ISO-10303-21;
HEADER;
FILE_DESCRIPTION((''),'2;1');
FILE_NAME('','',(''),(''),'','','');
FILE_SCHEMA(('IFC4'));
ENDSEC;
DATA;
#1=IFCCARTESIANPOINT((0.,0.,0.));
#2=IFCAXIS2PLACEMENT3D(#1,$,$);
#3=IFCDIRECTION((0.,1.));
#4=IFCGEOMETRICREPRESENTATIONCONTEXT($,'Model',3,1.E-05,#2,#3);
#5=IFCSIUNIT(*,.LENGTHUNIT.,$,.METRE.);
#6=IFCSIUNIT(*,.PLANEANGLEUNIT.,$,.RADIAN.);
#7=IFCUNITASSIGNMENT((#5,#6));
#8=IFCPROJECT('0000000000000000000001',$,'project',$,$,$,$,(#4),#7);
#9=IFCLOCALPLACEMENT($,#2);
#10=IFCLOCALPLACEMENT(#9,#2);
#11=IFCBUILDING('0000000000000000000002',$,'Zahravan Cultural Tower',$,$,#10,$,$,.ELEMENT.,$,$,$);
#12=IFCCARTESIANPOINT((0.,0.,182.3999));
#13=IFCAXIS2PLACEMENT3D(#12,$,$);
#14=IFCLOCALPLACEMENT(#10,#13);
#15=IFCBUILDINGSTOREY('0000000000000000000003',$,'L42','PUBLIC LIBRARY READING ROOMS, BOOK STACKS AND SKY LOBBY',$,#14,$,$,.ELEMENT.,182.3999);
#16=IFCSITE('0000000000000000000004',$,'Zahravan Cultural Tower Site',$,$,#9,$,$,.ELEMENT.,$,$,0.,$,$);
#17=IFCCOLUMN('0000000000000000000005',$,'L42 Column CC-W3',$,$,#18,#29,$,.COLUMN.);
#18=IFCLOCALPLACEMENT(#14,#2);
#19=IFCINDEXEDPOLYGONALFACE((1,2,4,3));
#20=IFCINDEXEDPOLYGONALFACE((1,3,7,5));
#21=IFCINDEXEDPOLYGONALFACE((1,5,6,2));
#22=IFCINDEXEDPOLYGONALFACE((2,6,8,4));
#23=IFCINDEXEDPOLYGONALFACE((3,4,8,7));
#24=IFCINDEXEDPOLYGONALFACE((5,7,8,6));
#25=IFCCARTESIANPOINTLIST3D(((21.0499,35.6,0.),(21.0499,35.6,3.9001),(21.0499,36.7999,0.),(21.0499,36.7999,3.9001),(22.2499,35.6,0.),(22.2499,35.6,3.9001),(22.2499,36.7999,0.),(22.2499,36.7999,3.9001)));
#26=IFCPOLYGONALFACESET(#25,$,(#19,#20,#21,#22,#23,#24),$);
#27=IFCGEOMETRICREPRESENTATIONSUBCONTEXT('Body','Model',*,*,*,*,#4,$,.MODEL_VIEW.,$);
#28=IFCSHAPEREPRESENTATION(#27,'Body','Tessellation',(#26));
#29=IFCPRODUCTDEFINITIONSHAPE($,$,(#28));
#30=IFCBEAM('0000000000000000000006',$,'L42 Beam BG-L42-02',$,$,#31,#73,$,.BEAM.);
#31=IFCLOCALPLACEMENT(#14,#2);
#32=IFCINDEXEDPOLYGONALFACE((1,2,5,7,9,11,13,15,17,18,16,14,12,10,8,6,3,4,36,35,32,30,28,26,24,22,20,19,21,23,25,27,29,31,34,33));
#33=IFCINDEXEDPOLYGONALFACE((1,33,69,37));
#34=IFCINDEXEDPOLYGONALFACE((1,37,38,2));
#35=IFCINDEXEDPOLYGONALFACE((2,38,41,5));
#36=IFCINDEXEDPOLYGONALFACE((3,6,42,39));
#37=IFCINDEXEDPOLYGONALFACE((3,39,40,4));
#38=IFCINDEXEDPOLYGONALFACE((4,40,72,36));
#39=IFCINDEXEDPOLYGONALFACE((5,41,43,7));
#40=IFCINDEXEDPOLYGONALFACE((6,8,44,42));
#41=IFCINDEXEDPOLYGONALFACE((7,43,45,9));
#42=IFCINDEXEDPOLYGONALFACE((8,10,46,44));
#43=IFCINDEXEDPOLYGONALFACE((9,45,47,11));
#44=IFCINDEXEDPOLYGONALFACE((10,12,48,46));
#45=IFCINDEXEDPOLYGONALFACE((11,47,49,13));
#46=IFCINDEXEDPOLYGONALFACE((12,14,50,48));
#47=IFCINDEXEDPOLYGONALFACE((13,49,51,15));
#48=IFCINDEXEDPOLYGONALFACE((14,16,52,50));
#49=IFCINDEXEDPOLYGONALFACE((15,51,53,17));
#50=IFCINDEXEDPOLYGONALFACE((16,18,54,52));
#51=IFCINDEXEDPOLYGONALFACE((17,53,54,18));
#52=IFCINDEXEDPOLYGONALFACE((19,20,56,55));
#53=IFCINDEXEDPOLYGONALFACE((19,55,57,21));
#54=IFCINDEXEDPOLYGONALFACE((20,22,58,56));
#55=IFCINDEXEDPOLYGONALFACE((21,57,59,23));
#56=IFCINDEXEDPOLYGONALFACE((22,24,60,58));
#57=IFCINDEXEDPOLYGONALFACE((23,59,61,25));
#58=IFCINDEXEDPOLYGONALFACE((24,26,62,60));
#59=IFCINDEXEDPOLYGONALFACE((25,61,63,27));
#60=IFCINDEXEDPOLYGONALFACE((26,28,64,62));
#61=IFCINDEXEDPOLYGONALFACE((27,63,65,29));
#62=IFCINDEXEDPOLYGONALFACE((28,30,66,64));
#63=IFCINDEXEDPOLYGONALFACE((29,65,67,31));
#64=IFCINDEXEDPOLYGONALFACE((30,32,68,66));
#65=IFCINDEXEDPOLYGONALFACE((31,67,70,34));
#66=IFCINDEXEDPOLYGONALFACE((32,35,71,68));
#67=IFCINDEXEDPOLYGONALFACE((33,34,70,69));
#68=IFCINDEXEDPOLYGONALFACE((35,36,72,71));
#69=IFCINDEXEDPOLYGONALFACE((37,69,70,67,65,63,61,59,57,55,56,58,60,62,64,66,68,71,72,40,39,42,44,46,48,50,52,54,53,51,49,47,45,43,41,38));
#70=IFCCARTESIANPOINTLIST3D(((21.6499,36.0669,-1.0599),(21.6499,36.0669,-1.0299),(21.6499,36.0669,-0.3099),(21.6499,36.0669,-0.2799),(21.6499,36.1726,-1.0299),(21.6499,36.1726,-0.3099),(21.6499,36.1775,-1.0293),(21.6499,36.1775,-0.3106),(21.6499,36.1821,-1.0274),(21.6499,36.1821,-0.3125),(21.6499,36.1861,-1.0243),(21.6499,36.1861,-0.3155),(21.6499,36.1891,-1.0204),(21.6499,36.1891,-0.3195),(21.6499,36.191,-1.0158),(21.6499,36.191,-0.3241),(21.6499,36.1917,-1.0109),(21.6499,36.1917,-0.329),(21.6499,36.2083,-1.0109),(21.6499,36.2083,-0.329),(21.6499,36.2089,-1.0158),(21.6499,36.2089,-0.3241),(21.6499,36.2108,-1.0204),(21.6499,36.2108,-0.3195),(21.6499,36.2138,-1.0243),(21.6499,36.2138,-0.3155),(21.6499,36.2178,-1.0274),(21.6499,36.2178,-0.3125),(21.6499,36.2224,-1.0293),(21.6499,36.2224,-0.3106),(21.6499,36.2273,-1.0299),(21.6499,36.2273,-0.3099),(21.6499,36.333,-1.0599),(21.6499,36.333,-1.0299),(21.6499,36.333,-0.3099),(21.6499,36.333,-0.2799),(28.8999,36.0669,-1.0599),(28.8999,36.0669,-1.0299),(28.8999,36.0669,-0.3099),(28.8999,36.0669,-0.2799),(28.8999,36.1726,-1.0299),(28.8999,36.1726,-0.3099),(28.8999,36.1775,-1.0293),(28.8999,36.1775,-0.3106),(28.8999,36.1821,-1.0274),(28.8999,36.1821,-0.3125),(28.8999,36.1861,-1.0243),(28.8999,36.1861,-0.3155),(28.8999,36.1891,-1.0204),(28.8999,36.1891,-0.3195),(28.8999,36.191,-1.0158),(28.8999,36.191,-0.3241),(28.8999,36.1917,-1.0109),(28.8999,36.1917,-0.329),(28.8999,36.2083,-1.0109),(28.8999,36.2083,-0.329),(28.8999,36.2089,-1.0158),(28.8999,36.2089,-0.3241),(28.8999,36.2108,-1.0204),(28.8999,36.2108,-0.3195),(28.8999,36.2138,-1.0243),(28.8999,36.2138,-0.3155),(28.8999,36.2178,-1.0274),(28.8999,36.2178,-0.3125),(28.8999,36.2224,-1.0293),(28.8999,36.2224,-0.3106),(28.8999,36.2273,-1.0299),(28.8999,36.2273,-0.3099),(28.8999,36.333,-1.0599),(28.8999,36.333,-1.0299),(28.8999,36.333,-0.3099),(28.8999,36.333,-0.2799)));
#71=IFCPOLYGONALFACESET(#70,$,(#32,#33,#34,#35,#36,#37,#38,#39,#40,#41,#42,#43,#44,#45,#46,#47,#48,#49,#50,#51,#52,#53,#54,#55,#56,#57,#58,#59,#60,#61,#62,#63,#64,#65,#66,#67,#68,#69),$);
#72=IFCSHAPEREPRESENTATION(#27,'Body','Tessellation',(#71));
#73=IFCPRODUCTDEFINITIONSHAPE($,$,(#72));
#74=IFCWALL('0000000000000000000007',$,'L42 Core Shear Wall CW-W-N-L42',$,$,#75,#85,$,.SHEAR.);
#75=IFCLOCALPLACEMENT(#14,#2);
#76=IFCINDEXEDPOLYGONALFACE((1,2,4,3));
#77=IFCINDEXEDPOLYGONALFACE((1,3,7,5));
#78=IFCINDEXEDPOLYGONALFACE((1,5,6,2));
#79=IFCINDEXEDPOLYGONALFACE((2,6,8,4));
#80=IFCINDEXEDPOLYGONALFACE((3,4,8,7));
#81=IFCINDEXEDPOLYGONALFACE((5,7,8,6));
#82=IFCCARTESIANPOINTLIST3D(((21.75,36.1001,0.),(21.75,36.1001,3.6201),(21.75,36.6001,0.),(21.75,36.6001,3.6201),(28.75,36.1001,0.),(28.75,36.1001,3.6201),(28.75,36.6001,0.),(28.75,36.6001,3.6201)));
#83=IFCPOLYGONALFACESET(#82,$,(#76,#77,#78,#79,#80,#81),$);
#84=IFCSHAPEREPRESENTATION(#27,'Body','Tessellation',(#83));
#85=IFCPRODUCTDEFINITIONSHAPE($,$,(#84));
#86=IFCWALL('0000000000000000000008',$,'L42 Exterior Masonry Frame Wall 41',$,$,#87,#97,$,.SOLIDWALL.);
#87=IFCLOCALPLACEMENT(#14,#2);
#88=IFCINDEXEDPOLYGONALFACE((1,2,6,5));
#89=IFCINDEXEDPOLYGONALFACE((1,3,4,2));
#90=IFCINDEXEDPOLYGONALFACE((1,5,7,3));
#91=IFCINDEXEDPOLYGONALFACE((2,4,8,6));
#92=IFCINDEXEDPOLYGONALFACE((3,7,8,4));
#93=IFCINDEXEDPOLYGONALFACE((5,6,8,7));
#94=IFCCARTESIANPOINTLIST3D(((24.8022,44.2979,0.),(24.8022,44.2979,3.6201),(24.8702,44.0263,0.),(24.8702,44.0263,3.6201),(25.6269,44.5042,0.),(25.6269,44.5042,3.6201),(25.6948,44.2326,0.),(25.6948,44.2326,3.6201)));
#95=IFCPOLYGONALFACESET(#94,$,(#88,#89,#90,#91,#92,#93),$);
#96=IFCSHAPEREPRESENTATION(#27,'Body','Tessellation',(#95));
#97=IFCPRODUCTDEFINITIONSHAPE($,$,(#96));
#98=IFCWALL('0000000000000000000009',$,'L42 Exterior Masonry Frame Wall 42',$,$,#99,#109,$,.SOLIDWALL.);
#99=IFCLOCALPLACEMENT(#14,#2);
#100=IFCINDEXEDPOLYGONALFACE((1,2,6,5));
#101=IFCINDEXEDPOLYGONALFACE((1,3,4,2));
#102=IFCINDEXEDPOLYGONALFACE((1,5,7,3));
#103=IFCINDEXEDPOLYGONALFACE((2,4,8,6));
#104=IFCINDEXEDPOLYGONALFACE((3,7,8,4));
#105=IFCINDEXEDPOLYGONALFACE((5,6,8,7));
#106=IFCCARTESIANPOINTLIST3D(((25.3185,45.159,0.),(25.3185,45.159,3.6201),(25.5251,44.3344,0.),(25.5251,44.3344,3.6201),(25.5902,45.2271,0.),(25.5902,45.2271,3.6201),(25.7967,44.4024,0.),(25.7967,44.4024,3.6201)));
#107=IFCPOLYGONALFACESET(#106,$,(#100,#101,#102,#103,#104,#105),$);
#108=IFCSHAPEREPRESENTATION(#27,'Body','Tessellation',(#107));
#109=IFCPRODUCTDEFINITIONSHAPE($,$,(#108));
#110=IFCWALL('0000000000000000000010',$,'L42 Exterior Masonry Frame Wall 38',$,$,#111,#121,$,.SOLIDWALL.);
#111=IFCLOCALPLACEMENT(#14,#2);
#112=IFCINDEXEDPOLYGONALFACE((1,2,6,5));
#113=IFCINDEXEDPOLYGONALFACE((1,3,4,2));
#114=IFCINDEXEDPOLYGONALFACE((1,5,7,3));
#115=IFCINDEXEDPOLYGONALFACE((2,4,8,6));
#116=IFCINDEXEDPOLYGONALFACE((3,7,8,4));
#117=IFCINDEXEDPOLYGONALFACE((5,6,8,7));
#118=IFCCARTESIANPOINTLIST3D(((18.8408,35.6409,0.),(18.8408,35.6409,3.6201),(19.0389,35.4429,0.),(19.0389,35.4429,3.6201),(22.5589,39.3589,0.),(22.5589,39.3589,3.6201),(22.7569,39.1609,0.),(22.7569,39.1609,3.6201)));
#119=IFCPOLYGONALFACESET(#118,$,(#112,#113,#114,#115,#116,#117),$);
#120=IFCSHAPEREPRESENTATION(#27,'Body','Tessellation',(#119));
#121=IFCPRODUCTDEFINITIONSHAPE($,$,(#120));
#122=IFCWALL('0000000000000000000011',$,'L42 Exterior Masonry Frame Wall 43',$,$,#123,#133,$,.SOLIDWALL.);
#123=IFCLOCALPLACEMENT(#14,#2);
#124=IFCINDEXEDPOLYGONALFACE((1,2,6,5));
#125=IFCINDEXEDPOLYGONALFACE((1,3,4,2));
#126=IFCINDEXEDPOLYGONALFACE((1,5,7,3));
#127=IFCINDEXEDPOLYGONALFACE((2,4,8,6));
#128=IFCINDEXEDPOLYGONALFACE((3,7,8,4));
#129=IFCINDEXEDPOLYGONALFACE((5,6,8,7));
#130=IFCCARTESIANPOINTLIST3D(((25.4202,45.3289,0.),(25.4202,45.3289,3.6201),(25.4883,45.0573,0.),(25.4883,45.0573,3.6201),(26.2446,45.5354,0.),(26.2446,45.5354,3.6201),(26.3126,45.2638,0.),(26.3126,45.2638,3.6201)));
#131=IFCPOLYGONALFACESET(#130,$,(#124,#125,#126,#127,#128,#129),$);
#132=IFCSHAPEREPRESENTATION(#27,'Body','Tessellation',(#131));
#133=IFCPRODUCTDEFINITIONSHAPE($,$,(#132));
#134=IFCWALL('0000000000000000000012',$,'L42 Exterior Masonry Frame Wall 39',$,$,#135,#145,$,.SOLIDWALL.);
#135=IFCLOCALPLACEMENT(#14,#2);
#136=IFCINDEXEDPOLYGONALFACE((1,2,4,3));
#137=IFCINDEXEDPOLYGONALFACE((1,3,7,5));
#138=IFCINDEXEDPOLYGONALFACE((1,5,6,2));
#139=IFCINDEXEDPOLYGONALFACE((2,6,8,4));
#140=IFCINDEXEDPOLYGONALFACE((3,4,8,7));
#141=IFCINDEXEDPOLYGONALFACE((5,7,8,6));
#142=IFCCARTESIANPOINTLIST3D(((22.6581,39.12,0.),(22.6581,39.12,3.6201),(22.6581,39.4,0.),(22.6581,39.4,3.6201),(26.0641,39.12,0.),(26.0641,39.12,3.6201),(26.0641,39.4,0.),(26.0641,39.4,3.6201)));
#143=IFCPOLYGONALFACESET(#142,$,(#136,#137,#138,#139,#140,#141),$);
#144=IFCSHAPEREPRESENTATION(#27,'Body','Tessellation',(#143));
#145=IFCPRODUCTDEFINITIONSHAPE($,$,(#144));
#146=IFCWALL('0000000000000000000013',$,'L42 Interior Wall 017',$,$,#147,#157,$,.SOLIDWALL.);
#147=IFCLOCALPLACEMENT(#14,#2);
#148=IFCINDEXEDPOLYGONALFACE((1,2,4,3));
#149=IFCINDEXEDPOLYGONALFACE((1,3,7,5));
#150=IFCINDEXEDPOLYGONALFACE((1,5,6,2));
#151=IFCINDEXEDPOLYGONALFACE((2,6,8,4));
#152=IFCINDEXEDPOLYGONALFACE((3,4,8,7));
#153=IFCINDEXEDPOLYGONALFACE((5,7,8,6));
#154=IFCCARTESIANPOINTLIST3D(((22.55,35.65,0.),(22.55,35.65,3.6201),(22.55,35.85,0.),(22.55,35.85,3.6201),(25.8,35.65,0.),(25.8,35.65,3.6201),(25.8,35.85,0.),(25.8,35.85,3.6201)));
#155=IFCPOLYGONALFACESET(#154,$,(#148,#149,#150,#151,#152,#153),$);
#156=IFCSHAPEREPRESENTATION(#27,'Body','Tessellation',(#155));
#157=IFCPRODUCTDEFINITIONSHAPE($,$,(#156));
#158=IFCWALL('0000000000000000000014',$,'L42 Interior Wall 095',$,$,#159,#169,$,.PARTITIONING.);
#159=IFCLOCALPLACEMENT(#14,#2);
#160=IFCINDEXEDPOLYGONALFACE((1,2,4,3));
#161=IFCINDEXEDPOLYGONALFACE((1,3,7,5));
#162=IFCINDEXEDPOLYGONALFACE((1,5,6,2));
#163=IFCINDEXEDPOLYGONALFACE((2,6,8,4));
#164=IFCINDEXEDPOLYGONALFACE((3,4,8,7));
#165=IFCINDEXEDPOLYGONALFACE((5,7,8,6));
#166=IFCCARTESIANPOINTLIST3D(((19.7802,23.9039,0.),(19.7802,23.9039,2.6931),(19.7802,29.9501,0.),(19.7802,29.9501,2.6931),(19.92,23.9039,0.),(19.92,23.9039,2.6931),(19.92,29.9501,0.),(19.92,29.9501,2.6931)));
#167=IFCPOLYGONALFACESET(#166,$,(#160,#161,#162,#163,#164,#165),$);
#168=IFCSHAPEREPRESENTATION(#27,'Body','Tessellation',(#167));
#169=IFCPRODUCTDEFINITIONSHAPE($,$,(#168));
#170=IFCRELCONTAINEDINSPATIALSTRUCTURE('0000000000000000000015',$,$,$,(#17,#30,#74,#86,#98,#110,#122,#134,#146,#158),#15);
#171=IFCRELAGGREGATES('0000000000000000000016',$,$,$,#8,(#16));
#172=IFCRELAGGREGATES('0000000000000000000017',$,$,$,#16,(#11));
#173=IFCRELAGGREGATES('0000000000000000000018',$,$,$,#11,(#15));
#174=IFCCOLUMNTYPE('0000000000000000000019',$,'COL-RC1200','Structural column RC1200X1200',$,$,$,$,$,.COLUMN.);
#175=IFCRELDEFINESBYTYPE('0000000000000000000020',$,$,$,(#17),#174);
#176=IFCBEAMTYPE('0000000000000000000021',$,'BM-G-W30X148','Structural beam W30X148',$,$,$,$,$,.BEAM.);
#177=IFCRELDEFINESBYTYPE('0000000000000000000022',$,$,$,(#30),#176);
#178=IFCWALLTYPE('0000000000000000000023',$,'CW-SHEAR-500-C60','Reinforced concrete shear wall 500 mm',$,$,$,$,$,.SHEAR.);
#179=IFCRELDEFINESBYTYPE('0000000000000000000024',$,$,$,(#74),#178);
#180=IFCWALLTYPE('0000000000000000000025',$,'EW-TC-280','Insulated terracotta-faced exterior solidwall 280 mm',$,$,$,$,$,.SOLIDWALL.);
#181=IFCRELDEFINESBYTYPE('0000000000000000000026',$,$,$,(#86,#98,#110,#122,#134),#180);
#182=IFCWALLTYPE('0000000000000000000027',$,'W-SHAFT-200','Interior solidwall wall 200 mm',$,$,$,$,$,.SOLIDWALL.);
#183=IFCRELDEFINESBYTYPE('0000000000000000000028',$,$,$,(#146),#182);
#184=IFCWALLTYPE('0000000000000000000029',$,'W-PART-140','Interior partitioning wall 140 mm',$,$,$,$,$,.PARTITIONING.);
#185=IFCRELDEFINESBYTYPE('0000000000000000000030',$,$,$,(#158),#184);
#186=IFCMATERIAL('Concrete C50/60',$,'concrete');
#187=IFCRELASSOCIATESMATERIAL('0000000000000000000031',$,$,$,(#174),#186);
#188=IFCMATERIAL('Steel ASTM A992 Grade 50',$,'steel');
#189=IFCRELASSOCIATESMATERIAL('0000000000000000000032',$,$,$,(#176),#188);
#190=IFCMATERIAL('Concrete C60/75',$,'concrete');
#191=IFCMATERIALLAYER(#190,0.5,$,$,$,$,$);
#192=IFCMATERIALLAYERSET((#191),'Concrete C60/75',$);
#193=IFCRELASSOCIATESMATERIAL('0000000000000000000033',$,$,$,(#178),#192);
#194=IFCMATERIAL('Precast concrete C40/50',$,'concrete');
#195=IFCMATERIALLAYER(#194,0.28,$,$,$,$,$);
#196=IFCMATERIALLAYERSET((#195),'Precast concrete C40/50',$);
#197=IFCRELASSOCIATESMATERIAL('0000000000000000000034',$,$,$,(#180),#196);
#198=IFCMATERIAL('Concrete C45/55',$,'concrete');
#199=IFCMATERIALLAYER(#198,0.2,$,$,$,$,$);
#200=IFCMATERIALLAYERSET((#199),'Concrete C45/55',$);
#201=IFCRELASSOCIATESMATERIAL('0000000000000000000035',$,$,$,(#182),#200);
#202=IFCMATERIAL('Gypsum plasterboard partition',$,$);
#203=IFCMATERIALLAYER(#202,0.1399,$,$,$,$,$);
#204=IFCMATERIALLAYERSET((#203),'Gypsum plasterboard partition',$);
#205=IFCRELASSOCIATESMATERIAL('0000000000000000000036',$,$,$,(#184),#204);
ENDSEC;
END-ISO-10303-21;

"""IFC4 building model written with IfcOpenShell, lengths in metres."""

from ifc_helpers import new_model, si_unit, direction, frame, frame_2d, origin, origin_2d, place, context, subcontext, project, spatial, rectangle, i_section, extrude, source, transform, mapped, material, layer, layer_set, material_profile, profile_set, type_object, element, save


model = new_model("IFC4")

# Units and contexts
model_context = context("Model", 3, precision=1e-05, world=origin(), true_north=direction((0.0, 1.0)))
body_context = subcontext(model_context, "Body", "Model", "MODEL_VIEW")
ifc_project = project(units=[si_unit("LENGTHUNIT", "METRE"), si_unit("PLANEANGLEUNIT", "RADIAN")], contexts=[model_context])

# Site, building, storey
site_placement = place(None, origin())
site = spatial("IfcSite", under=ifc_project, at=site_placement, Name="Zahravan Cultural Tower Site", CompositionType="ELEMENT", RefElevation=0.0)
building_placement = place(site_placement, origin())
building = spatial("IfcBuilding", under=site, at=building_placement, Name="Zahravan Cultural Tower", CompositionType="ELEMENT")
storey_placement = place(building_placement, frame((0.0, 0.0, 182.3999)))
storey = spatial("IfcBuildingStorey", under=building, at=storey_placement, Name="L42", Description="PUBLIC LIBRARY READING ROOMS, BOOK STACKS AND SKY LOBBY", CompositionType="ELEMENT", Elevation=182.3999)

# Column
ifc_material_1 = material(Name="Concrete C50/60", Category="concrete")
ifc_material_profile_1 = material_profile(ifc_material_1, rectangle(XDim=1.2, YDim=1.2, at=origin_2d()), Name="RC1200X1200")
ifc_profile_set_1 = profile_set([ifc_material_profile_1], Name="Concrete C50/60")
column_type = type_object("IfcColumnType", Name="COL-RC1200", Description="Structural column RC1200X1200", PredefinedType="COLUMN", material=ifc_profile_set_1)
shared_shape_1 = source(origin(), body_context, "Body", "SweptSolid", [
    extrude(rectangle(XDim=1.2, YDim=1.2, at=origin_2d()), origin(), (0.0, 0.0, 1.0), 3.9001),
])
column_placement = place(storey_placement, frame((21.6499, 36.2, 0.0), z_axis=(0.0, 0.0, 1.0), x_axis=(1.0, 0.0, 0.0)))
element("IfcColumn", 1, at=column_placement, inside=storey, type_object=column_type, Name="L42 Column CC-W3", PredefinedType="COLUMN", context=body_context, shape_type="MappedRepresentation", body=[
    mapped(shared_shape_1, transform((0.0, 0.0, 0.0), x_axis=(1.0, 0.0, 0.0), y_axis=(0.0, 1.0, 0.0), z_axis=(0.0, 0.0, 1.0), scale=1.0)),
])

# Beam
ifc_material_2 = material(Name="Steel ASTM A992 Grade 50", Category="steel")
ifc_material_profile_2 = material_profile(ifc_material_2, i_section(OverallWidth=0.2661, OverallDepth=0.78, WebThickness=0.0166, FlangeThickness=0.03, FilletRadius=0.019, at=origin_2d()), Name="W30X148")
ifc_profile_set_2 = profile_set([ifc_material_profile_2], Name="Steel ASTM A992 Grade 50")
beam_type = type_object("IfcBeamType", Name="BM-G-W30X148", Description="Structural beam W30X148", PredefinedType="BEAM", material=ifc_profile_set_2)
shared_shape_2 = source(origin(), body_context, "Body", "SweptSolid", [
    extrude(i_section(OverallWidth=0.2661, OverallDepth=0.78, WebThickness=0.0166, FlangeThickness=0.03, FilletRadius=0.019, at=origin_2d()), origin(), (0.0, 0.0, 1.0), 7.25),
])
beam_placement = place(storey_placement, frame((21.6499, 36.2, -0.6699), z_axis=(1.0, 0.0, 0.0), x_axis=(0.0, 1.0, 0.0)))
element("IfcBeam", 2, at=beam_placement, inside=storey, type_object=beam_type, Name="L42 Beam BG-L42-02", PredefinedType="BEAM", context=body_context, shape_type="MappedRepresentation", body=[
    mapped(shared_shape_2, transform((0.0, 0.0, 0.0), x_axis=(1.0, 0.0, 0.0), y_axis=(0.0, 1.0, 0.0), z_axis=(0.0, 0.0, 1.0), scale=1.0)),
])

# Walls
ifc_material_3 = material(Name="Concrete C60/75", Category="concrete")
ifc_layer_1 = layer(ifc_material_3, 0.5)
ifc_layer_set_1 = layer_set([ifc_layer_1], Name="Concrete C60/75")
wall_type_1 = type_object("IfcWallType", Name="CW-SHEAR-500-C60", Description="Reinforced concrete shear wall 500 mm", PredefinedType="SHEAR", material=ifc_layer_set_1)
shared_shape_3 = source(origin(), body_context, "Body", "SweptSolid", [
    extrude(rectangle(XDim=7.0, YDim=0.5, at=frame_2d((3.5, 0.0))), origin(), (0.0, 0.0, 1.0), 3.6201),
])
wall_1_placement = place(storey_placement, frame((21.75, 36.3501, 0.0), z_axis=(0.0, 0.0, 1.0), x_axis=(1.0, 0.0, 0.0)))
element("IfcWall", 3, at=wall_1_placement, inside=storey, type_object=wall_type_1, Name="L42 Core Shear Wall CW-W-N-L42", PredefinedType="SHEAR", context=body_context, shape_type="MappedRepresentation", body=[
    mapped(shared_shape_3, transform((0.0, 0.0, 0.0), x_axis=(1.0, 0.0, 0.0), y_axis=(0.0, 1.0, 0.0), z_axis=(0.0, 0.0, 1.0), scale=1.0)),
])
ifc_material_4 = material(Name="Precast concrete C40/50", Category="concrete")
ifc_layer_2 = layer(ifc_material_4, 0.28)
ifc_layer_set_2 = layer_set([ifc_layer_2], Name="Precast concrete C40/50")
wall_type_2 = type_object("IfcWallType", Name="EW-TC-280", Description="Insulated terracotta-faced exterior solidwall 280 mm", PredefinedType="SOLIDWALL", material=ifc_layer_set_2)
shared_shape_4 = source(origin(), body_context, "Body", "SweptSolid", [
    extrude(rectangle(XDim=0.8501, YDim=0.28, at=frame_2d((0.425, 0.0))), origin(), (0.0, 0.0, 1.0), 3.6201),
])
for number, where, z_axis, x_axis, name in (
    (4, (24.8362, 44.1621, 0.0), (0.0, 0.0, 1.0), (0.970109, 0.242671, 0.0), "L42 Exterior Masonry Frame Wall 41"),
    (5, (25.6609, 44.3684, 0.0), (0.0, 0.0, 1.0), (-0.242941, 0.970041, 0.0), "L42 Exterior Masonry Frame Wall 42"),
):
    element("IfcWall", number, at=place(storey_placement, frame(where, z_axis=z_axis, x_axis=x_axis)), inside=storey, type_object=wall_type_2, Name=name, PredefinedType="SOLIDWALL", context=body_context, shape_type="MappedRepresentation", body=[
        mapped(shared_shape_4, transform((0.0, 0.0, 0.0), x_axis=(1.0, 0.0, 0.0), y_axis=(0.0, 1.0, 0.0), z_axis=(0.0, 0.0, 1.0), scale=1.0)),
    ])
shared_shape_5 = source(origin(), body_context, "Body", "SweptSolid", [
    extrude(rectangle(XDim=5.2581, YDim=0.28, at=frame_2d((2.6289, 0.0))), origin(), (0.0, 0.0, 1.0), 3.6201),
])
wall_2_placement = place(storey_placement, frame((18.9399, 35.542, 0.0), z_axis=(0.0, 0.0, 1.0), x_axis=(0.707107, 0.707107, 0.0)))
element("IfcWall", 6, at=wall_2_placement, inside=storey, type_object=wall_type_2, Name="L42 Exterior Masonry Frame Wall 38", PredefinedType="SOLIDWALL", context=body_context, shape_type="MappedRepresentation", body=[
    mapped(shared_shape_5, transform((0.0, 0.0, 0.0), x_axis=(1.0, 0.0, 0.0), y_axis=(0.0, 1.0, 0.0), z_axis=(0.0, 0.0, 1.0), scale=1.0)),
])
shared_shape_6 = source(origin(), body_context, "Body", "SweptSolid", [
    extrude(rectangle(XDim=0.8499, YDim=0.28, at=frame_2d((0.4248, 0.0))), origin(), (0.0, 0.0, 1.0), 3.6201),
])
wall_3_placement = place(storey_placement, frame((25.4543, 45.1931, 0.0), z_axis=(0.0, 0.0, 1.0), x_axis=(0.970024, 0.243009, 0.0)))
element("IfcWall", 7, at=wall_3_placement, inside=storey, type_object=wall_type_2, Name="L42 Exterior Masonry Frame Wall 43", PredefinedType="SOLIDWALL", context=body_context, shape_type="MappedRepresentation", body=[
    mapped(shared_shape_6, transform((0.0, 0.0, 0.0), x_axis=(1.0, 0.0, 0.0), y_axis=(0.0, 1.0, 0.0), z_axis=(0.0, 0.0, 1.0), scale=1.0)),
])
shared_shape_7 = source(origin(), body_context, "Body", "SweptSolid", [
    extrude(rectangle(XDim=3.406, YDim=0.28, at=frame_2d((1.7031, 0.0))), origin(), (0.0, 0.0, 1.0), 3.6201),
])
wall_4_placement = place(storey_placement, frame((22.658, 39.26, 0.0), z_axis=(0.0, 0.0, 1.0), x_axis=(1.0, 0.0, 0.0)))
element("IfcWall", 8, at=wall_4_placement, inside=storey, type_object=wall_type_2, Name="L42 Exterior Masonry Frame Wall 39", PredefinedType="SOLIDWALL", context=body_context, shape_type="MappedRepresentation", body=[
    mapped(shared_shape_7, transform((0.0, 0.0, 0.0), x_axis=(1.0, 0.0, 0.0), y_axis=(0.0, 1.0, 0.0), z_axis=(0.0, 0.0, 1.0), scale=1.0)),
])
ifc_material_5 = material(Name="Concrete C45/55", Category="concrete")
ifc_layer_3 = layer(ifc_material_5, 0.2)
ifc_layer_set_3 = layer_set([ifc_layer_3], Name="Concrete C45/55")
wall_type_3 = type_object("IfcWallType", Name="W-SHAFT-200", Description="Interior solidwall wall 200 mm", PredefinedType="SOLIDWALL", material=ifc_layer_set_3)
shared_shape_8 = source(origin(), body_context, "Body", "SweptSolid", [
    extrude(rectangle(XDim=3.25, YDim=0.2, at=frame_2d((1.625, 0.0))), origin(), (0.0, 0.0, 1.0), 3.6201),
])
wall_5_placement = place(storey_placement, frame((22.55, 35.75, 0.0), z_axis=(0.0, 0.0, 1.0), x_axis=(1.0, 0.0, 0.0)))
element("IfcWall", 9, at=wall_5_placement, inside=storey, type_object=wall_type_3, Name="L42 Interior Wall 017", PredefinedType="SOLIDWALL", context=body_context, shape_type="MappedRepresentation", body=[
    mapped(shared_shape_8, transform((0.0, 0.0, 0.0), x_axis=(1.0, 0.0, 0.0), y_axis=(0.0, 1.0, 0.0), z_axis=(0.0, 0.0, 1.0), scale=1.0)),
])
ifc_material_6 = material(Name="Gypsum plasterboard partition")
ifc_layer_4 = layer(ifc_material_6, 0.1399)
ifc_layer_set_4 = layer_set([ifc_layer_4], Name="Gypsum plasterboard partition")
wall_type_4 = type_object("IfcWallType", Name="W-PART-140", Description="Interior partitioning wall 140 mm", PredefinedType="PARTITIONING", material=ifc_layer_set_4)
shared_shape_9 = source(origin(), body_context, "Body", "SweptSolid", [
    extrude(rectangle(XDim=6.0461, YDim=0.1399, at=frame_2d((3.0229, 0.0))), origin(), (0.0, 0.0, 1.0), 2.6931),
])
wall_6_placement = place(storey_placement, frame((19.8501, 29.95, 0.0), z_axis=(0.0, 0.0, 1.0), x_axis=(0.0, -1.0, 0.0)))
element("IfcWall", 10, at=wall_6_placement, inside=storey, type_object=wall_type_4, Name="L42 Interior Wall 095", PredefinedType="PARTITIONING", context=body_context, shape_type="MappedRepresentation", body=[
    mapped(shared_shape_9, transform((0.0, 0.0, 0.0), x_axis=(1.0, 0.0, 0.0), y_axis=(0.0, 1.0, 0.0), z_axis=(0.0, 0.0, 1.0), scale=1.0)),
])

save(model, "model.ifc")
